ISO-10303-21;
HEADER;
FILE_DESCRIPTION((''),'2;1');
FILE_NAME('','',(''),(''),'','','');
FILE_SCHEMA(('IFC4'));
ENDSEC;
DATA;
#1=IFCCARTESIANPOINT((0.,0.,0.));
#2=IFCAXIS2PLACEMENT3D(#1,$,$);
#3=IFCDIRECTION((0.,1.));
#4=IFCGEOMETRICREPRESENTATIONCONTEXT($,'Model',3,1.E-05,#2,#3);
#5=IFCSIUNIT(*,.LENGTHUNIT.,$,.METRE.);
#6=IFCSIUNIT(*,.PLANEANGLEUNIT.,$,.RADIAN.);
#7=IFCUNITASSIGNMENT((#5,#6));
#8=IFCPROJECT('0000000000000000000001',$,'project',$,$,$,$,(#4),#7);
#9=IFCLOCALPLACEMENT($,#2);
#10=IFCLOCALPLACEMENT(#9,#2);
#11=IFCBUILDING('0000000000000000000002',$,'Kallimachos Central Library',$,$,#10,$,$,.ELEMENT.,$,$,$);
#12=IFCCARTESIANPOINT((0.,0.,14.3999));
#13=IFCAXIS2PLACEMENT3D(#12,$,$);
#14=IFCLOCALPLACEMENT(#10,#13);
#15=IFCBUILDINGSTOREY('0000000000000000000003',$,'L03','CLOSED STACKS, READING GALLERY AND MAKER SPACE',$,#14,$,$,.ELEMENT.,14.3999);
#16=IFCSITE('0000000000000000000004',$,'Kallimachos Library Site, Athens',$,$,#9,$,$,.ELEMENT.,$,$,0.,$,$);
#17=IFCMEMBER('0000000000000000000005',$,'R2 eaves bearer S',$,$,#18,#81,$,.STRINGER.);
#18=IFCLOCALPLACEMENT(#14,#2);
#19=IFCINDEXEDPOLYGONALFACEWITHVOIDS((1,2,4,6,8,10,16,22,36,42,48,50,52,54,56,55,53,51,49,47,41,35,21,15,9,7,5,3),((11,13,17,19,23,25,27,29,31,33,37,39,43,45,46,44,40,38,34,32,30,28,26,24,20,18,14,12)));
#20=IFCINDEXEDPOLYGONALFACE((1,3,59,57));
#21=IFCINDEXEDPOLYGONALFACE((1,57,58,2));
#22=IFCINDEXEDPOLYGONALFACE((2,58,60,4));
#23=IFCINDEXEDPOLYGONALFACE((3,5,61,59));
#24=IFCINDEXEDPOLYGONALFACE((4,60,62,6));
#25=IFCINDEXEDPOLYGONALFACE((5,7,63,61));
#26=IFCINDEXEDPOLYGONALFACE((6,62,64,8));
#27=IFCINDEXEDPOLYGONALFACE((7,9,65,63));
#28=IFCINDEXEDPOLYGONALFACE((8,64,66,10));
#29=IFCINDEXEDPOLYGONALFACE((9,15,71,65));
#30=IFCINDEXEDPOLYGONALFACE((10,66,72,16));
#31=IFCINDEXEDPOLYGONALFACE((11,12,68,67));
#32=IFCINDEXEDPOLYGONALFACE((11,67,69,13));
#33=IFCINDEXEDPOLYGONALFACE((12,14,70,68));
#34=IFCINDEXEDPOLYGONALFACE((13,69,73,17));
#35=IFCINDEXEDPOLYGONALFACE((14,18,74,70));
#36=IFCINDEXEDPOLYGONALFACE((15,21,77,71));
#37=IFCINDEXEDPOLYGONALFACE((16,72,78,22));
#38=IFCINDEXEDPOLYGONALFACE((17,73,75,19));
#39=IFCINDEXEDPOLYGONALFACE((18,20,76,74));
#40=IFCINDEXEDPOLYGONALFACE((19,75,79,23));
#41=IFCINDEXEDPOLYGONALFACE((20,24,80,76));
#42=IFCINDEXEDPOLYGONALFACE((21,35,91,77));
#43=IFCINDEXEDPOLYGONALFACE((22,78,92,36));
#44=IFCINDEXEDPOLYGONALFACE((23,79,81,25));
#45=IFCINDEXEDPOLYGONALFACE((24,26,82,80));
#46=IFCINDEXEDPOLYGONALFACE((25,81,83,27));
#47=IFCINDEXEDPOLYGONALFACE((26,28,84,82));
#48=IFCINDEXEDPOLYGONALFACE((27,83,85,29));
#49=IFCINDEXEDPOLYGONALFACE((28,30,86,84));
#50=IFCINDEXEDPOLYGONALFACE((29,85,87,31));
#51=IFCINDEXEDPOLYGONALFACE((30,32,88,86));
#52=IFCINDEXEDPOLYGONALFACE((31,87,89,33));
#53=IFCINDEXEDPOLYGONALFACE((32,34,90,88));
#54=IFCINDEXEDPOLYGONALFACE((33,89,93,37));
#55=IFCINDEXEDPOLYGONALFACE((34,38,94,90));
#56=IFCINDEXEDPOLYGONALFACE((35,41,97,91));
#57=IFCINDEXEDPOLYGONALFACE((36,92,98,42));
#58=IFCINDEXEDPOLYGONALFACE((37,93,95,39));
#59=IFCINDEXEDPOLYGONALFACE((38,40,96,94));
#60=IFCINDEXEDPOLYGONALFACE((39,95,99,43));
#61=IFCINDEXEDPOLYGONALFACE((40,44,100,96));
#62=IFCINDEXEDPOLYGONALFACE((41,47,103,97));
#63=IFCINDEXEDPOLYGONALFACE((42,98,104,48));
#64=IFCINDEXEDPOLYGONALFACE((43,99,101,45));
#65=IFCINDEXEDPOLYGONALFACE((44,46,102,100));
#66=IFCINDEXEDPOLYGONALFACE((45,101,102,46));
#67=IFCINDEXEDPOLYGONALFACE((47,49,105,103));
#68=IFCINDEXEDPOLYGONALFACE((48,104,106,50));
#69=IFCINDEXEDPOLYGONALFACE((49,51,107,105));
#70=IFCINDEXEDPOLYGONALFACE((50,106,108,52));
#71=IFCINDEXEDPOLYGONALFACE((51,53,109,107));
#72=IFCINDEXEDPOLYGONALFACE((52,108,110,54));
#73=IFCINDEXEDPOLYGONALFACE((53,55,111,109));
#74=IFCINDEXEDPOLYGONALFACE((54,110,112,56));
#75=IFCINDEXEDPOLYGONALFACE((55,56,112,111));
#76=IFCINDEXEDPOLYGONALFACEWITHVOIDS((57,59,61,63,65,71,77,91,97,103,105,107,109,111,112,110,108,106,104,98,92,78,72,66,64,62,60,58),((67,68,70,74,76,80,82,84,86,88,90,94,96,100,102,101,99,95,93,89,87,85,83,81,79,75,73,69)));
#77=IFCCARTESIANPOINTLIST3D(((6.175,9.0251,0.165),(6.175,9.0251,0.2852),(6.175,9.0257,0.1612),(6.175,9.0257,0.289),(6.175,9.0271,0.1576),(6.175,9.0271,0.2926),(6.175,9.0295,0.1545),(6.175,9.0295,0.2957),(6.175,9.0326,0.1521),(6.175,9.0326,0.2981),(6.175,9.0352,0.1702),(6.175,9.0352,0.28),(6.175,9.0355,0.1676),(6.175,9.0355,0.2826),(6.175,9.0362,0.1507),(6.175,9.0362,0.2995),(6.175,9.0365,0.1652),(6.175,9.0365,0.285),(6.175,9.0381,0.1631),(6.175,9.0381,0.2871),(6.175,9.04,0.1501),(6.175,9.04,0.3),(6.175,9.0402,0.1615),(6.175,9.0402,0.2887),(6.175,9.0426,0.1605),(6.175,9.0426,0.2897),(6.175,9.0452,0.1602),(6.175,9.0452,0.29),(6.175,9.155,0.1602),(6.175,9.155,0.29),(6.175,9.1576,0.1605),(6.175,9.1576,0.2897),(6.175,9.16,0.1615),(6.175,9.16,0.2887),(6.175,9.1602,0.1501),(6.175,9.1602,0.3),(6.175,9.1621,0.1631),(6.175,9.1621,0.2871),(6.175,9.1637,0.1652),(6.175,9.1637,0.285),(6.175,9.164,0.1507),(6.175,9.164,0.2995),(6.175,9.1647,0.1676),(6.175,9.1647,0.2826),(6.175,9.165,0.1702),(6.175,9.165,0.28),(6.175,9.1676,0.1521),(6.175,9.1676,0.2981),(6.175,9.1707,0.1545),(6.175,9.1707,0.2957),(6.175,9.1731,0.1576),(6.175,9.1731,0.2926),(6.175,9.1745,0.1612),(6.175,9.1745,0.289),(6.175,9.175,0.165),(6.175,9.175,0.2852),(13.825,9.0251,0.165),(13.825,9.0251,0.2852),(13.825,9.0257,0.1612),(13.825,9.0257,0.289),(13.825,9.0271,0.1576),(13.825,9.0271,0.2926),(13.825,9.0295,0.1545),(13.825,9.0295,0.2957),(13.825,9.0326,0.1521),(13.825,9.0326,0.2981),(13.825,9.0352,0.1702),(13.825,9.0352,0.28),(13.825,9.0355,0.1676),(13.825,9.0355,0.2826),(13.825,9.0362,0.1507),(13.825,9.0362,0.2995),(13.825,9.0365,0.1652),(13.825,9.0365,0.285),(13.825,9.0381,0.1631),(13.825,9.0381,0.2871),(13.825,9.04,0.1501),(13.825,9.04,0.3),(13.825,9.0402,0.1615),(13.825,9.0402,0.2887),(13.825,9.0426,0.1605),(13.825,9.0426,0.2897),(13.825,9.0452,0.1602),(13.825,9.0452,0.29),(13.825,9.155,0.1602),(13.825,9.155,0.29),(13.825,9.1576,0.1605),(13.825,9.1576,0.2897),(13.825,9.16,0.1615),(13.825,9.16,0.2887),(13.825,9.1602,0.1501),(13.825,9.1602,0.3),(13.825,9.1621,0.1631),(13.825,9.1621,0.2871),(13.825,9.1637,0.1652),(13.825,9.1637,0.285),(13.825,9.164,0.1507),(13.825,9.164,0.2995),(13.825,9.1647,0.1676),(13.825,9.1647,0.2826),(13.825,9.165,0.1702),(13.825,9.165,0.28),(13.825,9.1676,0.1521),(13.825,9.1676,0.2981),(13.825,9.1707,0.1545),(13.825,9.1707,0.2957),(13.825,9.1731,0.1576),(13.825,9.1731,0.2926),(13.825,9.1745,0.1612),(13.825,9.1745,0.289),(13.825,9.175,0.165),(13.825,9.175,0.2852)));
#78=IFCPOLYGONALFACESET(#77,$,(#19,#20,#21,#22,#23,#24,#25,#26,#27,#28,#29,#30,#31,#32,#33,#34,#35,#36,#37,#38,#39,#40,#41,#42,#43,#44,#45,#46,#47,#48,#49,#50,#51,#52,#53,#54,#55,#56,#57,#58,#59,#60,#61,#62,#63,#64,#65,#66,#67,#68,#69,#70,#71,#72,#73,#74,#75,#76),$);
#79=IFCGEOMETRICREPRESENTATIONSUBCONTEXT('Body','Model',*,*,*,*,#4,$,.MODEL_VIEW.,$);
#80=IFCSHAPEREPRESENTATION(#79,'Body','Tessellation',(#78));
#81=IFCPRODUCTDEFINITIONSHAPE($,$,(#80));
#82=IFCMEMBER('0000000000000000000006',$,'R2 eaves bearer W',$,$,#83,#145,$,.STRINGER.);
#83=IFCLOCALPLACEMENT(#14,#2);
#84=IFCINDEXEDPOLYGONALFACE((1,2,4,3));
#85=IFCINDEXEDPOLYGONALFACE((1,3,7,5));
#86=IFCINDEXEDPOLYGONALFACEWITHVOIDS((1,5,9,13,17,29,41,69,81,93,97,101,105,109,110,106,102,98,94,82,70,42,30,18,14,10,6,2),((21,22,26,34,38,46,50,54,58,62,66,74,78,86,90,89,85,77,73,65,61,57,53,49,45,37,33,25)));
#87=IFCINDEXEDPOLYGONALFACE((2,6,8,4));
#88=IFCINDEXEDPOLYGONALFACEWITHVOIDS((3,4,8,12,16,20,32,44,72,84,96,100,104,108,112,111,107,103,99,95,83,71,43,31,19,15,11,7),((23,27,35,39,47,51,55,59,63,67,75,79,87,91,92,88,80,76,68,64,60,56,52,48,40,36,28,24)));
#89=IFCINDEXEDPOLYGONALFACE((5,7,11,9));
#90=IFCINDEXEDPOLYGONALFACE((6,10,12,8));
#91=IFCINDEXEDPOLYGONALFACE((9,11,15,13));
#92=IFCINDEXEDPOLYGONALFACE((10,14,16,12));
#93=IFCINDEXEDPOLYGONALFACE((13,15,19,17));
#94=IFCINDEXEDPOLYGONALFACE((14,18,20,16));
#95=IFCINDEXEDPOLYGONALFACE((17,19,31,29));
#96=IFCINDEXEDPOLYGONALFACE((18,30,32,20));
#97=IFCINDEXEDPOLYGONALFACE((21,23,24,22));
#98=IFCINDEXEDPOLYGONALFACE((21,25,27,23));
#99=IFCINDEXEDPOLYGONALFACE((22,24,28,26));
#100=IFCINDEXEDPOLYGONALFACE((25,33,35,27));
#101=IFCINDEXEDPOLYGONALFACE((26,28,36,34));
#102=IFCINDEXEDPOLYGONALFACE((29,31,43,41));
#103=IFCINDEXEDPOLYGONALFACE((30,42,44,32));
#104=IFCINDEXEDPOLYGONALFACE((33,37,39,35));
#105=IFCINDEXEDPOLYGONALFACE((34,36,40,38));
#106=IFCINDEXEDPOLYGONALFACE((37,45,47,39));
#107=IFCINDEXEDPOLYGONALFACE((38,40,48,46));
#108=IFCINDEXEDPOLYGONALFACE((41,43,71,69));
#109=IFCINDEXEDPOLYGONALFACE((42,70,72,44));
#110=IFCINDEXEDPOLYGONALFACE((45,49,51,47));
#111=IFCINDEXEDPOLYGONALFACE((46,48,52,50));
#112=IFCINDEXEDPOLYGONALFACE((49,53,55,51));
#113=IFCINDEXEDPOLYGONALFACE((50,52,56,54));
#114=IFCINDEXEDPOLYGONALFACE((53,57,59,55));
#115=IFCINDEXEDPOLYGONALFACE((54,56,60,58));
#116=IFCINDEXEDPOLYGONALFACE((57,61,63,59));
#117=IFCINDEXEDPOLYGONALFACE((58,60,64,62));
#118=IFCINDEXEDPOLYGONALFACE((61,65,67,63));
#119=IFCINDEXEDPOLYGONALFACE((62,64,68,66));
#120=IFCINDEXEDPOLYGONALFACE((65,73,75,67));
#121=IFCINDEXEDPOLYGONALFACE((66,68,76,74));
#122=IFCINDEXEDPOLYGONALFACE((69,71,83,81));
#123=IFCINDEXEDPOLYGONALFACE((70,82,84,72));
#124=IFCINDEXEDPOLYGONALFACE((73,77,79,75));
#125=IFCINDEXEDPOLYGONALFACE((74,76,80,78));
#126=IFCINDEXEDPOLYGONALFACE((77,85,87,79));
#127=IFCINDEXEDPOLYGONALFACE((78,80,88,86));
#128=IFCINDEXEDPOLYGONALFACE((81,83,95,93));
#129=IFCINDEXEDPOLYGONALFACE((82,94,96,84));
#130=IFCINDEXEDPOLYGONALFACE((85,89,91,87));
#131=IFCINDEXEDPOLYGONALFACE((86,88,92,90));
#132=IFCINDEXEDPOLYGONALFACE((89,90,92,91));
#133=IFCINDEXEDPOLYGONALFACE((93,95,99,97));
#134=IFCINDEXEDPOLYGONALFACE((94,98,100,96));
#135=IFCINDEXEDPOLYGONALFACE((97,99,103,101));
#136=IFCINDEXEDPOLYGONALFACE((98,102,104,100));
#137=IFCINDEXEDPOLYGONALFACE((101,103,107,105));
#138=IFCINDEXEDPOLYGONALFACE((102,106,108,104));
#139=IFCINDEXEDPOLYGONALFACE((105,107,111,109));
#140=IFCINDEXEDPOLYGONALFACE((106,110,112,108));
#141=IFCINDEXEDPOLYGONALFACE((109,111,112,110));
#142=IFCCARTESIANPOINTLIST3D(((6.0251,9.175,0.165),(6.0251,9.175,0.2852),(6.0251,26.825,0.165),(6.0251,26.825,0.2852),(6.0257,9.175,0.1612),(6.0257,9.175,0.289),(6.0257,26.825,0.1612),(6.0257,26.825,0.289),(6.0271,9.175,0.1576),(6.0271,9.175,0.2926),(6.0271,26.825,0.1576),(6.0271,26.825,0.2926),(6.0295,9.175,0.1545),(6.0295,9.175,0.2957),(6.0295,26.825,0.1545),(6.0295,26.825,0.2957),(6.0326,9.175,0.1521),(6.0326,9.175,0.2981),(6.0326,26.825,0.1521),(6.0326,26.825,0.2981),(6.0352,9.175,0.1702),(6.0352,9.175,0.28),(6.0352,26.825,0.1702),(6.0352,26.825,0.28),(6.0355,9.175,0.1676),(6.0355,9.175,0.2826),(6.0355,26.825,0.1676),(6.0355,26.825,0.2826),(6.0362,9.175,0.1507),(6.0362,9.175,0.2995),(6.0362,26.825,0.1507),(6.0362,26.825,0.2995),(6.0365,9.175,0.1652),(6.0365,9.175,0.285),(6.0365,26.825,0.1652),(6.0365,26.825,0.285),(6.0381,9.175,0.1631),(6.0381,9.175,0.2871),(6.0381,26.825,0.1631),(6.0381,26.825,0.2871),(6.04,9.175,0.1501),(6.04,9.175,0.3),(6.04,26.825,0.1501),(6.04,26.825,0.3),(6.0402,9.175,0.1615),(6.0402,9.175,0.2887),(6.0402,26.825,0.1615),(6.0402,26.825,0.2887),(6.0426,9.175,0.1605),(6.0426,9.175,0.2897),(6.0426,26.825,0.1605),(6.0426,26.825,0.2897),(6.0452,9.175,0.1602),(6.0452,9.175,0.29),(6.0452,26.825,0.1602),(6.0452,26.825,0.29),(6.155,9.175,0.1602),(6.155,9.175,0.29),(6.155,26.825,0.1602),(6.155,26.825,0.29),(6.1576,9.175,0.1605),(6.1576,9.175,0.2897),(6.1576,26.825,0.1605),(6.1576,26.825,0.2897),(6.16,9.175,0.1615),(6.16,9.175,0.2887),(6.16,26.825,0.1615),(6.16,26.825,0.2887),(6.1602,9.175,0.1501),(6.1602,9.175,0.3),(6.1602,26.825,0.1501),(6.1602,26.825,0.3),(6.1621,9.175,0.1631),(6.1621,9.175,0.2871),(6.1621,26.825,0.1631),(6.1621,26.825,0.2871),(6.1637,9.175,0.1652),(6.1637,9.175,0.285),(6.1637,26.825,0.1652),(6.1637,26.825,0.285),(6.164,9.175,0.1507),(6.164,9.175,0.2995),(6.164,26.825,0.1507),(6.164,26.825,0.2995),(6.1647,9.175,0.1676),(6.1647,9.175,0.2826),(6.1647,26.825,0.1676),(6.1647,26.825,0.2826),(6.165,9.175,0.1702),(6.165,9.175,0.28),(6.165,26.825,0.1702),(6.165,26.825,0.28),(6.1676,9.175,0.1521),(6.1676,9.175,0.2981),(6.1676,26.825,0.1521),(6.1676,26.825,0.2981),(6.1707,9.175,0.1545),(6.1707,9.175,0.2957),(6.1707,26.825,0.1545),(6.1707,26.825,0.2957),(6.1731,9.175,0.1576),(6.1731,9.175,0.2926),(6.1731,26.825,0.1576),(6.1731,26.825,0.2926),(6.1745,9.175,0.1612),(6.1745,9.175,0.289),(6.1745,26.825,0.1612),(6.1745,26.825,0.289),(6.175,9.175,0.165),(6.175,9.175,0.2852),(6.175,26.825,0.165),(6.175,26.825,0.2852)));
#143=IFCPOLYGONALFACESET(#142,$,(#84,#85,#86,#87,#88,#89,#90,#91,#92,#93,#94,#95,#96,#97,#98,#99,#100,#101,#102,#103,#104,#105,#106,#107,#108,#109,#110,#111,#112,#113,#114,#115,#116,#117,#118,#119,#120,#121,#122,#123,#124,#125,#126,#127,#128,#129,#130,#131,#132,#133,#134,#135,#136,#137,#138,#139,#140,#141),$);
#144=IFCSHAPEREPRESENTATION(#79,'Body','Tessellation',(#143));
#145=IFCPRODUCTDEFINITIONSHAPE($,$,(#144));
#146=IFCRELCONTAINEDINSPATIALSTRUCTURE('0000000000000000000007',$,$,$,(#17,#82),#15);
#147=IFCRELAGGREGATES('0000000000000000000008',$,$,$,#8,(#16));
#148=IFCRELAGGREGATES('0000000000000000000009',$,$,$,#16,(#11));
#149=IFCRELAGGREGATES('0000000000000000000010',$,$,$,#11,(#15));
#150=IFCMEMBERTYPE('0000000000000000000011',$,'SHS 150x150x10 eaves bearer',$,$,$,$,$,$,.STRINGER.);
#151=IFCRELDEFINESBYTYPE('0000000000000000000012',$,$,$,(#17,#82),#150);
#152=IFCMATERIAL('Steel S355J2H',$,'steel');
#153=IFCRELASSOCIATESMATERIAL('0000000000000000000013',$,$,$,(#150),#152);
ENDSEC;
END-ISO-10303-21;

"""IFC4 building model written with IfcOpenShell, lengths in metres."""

from ifc_helpers import new_model, si_unit, direction, frame, origin, origin_2d, place, context, subcontext, project, spatial, hollow_rectangle, extrude, material, material_profile, profile_set, type_object, element, save


model = new_model("IFC4")

# Units and contexts
model_context = context("Model", 3, precision=1e-05, world=origin(), true_north=direction((0.0, 1.0)))
body_context = subcontext(model_context, "Body", "Model", "MODEL_VIEW")
ifc_project = project(units=[si_unit("LENGTHUNIT", "METRE"), si_unit("PLANEANGLEUNIT", "RADIAN")], contexts=[model_context])

# Site, building, storey
site_placement = place(None, origin())
site = spatial("IfcSite", under=ifc_project, at=site_placement, Name="Kallimachos Library Site, Athens", CompositionType="ELEMENT", RefElevation=0.0)
building_placement = place(site_placement, origin())
building = spatial("IfcBuilding", under=site, at=building_placement, Name="Kallimachos Central Library", CompositionType="ELEMENT")
storey_placement = place(building_placement, frame((0.0, 0.0, 14.3999)))
storey = spatial("IfcBuildingStorey", under=building, at=storey_placement, Name="L03", Description="CLOSED STACKS, READING GALLERY AND MAKER SPACE", CompositionType="ELEMENT", Elevation=14.3999)

# Members
ifc_material_1 = material(Name="Steel S355J2H", Category="steel")
ifc_material_profile_1 = material_profile(ifc_material_1, hollow_rectangle(XDim=0.1499, YDim=0.1499, WallThickness=0.01, InnerFilletRadius=0.01, OuterFilletRadius=0.0149, at=origin_2d()), Name="SHS 150x150x10")
ifc_profile_set_1 = profile_set([ifc_material_profile_1], Name="Steel S355J2H")
member_type_1 = type_object("IfcMemberType", Name="SHS 150x150x10 eaves bearer", PredefinedType="STRINGER", material=ifc_profile_set_1)
member_1_placement = place(storey_placement, frame((6.175, 9.1001, 0.2251), z_axis=(1.0, 0.0, 0.0), x_axis=(0.0, 1.0, 0.0)))
element("IfcMember", 1, at=member_1_placement, inside=storey, type_object=member_type_1, Name="R2 eaves bearer S", PredefinedType="STRINGER", context=body_context, shape_type="SweptSolid", body=[
    extrude(hollow_rectangle(XDim=0.1499, YDim=0.1499, WallThickness=0.01, InnerFilletRadius=0.01, OuterFilletRadius=0.0149, at=origin_2d()), origin(), (0.0, 0.0, 1.0), 7.6499),
])
for number, where, z_axis, x_axis, name in (
    (2, (6.1001, 9.175, 0.2251), (0.0, 1.0, 0.0), (-1.0, 0.0, 0.0), "R2 eaves bearer W"),
):
    element("IfcMember", number, at=place(storey_placement, frame(where, z_axis=z_axis, x_axis=x_axis)), inside=storey, type_object=member_type_1, Name=name, PredefinedType="STRINGER", context=body_context, shape_type="SweptSolid", body=[
        extrude(hollow_rectangle(XDim=0.1499, YDim=0.1499, WallThickness=0.01, InnerFilletRadius=0.01, OuterFilletRadius=0.0149, at=origin_2d()), origin(), (0.0, 0.0, 1.0), 17.6499),
    ])

save(model, "model.ifc")
